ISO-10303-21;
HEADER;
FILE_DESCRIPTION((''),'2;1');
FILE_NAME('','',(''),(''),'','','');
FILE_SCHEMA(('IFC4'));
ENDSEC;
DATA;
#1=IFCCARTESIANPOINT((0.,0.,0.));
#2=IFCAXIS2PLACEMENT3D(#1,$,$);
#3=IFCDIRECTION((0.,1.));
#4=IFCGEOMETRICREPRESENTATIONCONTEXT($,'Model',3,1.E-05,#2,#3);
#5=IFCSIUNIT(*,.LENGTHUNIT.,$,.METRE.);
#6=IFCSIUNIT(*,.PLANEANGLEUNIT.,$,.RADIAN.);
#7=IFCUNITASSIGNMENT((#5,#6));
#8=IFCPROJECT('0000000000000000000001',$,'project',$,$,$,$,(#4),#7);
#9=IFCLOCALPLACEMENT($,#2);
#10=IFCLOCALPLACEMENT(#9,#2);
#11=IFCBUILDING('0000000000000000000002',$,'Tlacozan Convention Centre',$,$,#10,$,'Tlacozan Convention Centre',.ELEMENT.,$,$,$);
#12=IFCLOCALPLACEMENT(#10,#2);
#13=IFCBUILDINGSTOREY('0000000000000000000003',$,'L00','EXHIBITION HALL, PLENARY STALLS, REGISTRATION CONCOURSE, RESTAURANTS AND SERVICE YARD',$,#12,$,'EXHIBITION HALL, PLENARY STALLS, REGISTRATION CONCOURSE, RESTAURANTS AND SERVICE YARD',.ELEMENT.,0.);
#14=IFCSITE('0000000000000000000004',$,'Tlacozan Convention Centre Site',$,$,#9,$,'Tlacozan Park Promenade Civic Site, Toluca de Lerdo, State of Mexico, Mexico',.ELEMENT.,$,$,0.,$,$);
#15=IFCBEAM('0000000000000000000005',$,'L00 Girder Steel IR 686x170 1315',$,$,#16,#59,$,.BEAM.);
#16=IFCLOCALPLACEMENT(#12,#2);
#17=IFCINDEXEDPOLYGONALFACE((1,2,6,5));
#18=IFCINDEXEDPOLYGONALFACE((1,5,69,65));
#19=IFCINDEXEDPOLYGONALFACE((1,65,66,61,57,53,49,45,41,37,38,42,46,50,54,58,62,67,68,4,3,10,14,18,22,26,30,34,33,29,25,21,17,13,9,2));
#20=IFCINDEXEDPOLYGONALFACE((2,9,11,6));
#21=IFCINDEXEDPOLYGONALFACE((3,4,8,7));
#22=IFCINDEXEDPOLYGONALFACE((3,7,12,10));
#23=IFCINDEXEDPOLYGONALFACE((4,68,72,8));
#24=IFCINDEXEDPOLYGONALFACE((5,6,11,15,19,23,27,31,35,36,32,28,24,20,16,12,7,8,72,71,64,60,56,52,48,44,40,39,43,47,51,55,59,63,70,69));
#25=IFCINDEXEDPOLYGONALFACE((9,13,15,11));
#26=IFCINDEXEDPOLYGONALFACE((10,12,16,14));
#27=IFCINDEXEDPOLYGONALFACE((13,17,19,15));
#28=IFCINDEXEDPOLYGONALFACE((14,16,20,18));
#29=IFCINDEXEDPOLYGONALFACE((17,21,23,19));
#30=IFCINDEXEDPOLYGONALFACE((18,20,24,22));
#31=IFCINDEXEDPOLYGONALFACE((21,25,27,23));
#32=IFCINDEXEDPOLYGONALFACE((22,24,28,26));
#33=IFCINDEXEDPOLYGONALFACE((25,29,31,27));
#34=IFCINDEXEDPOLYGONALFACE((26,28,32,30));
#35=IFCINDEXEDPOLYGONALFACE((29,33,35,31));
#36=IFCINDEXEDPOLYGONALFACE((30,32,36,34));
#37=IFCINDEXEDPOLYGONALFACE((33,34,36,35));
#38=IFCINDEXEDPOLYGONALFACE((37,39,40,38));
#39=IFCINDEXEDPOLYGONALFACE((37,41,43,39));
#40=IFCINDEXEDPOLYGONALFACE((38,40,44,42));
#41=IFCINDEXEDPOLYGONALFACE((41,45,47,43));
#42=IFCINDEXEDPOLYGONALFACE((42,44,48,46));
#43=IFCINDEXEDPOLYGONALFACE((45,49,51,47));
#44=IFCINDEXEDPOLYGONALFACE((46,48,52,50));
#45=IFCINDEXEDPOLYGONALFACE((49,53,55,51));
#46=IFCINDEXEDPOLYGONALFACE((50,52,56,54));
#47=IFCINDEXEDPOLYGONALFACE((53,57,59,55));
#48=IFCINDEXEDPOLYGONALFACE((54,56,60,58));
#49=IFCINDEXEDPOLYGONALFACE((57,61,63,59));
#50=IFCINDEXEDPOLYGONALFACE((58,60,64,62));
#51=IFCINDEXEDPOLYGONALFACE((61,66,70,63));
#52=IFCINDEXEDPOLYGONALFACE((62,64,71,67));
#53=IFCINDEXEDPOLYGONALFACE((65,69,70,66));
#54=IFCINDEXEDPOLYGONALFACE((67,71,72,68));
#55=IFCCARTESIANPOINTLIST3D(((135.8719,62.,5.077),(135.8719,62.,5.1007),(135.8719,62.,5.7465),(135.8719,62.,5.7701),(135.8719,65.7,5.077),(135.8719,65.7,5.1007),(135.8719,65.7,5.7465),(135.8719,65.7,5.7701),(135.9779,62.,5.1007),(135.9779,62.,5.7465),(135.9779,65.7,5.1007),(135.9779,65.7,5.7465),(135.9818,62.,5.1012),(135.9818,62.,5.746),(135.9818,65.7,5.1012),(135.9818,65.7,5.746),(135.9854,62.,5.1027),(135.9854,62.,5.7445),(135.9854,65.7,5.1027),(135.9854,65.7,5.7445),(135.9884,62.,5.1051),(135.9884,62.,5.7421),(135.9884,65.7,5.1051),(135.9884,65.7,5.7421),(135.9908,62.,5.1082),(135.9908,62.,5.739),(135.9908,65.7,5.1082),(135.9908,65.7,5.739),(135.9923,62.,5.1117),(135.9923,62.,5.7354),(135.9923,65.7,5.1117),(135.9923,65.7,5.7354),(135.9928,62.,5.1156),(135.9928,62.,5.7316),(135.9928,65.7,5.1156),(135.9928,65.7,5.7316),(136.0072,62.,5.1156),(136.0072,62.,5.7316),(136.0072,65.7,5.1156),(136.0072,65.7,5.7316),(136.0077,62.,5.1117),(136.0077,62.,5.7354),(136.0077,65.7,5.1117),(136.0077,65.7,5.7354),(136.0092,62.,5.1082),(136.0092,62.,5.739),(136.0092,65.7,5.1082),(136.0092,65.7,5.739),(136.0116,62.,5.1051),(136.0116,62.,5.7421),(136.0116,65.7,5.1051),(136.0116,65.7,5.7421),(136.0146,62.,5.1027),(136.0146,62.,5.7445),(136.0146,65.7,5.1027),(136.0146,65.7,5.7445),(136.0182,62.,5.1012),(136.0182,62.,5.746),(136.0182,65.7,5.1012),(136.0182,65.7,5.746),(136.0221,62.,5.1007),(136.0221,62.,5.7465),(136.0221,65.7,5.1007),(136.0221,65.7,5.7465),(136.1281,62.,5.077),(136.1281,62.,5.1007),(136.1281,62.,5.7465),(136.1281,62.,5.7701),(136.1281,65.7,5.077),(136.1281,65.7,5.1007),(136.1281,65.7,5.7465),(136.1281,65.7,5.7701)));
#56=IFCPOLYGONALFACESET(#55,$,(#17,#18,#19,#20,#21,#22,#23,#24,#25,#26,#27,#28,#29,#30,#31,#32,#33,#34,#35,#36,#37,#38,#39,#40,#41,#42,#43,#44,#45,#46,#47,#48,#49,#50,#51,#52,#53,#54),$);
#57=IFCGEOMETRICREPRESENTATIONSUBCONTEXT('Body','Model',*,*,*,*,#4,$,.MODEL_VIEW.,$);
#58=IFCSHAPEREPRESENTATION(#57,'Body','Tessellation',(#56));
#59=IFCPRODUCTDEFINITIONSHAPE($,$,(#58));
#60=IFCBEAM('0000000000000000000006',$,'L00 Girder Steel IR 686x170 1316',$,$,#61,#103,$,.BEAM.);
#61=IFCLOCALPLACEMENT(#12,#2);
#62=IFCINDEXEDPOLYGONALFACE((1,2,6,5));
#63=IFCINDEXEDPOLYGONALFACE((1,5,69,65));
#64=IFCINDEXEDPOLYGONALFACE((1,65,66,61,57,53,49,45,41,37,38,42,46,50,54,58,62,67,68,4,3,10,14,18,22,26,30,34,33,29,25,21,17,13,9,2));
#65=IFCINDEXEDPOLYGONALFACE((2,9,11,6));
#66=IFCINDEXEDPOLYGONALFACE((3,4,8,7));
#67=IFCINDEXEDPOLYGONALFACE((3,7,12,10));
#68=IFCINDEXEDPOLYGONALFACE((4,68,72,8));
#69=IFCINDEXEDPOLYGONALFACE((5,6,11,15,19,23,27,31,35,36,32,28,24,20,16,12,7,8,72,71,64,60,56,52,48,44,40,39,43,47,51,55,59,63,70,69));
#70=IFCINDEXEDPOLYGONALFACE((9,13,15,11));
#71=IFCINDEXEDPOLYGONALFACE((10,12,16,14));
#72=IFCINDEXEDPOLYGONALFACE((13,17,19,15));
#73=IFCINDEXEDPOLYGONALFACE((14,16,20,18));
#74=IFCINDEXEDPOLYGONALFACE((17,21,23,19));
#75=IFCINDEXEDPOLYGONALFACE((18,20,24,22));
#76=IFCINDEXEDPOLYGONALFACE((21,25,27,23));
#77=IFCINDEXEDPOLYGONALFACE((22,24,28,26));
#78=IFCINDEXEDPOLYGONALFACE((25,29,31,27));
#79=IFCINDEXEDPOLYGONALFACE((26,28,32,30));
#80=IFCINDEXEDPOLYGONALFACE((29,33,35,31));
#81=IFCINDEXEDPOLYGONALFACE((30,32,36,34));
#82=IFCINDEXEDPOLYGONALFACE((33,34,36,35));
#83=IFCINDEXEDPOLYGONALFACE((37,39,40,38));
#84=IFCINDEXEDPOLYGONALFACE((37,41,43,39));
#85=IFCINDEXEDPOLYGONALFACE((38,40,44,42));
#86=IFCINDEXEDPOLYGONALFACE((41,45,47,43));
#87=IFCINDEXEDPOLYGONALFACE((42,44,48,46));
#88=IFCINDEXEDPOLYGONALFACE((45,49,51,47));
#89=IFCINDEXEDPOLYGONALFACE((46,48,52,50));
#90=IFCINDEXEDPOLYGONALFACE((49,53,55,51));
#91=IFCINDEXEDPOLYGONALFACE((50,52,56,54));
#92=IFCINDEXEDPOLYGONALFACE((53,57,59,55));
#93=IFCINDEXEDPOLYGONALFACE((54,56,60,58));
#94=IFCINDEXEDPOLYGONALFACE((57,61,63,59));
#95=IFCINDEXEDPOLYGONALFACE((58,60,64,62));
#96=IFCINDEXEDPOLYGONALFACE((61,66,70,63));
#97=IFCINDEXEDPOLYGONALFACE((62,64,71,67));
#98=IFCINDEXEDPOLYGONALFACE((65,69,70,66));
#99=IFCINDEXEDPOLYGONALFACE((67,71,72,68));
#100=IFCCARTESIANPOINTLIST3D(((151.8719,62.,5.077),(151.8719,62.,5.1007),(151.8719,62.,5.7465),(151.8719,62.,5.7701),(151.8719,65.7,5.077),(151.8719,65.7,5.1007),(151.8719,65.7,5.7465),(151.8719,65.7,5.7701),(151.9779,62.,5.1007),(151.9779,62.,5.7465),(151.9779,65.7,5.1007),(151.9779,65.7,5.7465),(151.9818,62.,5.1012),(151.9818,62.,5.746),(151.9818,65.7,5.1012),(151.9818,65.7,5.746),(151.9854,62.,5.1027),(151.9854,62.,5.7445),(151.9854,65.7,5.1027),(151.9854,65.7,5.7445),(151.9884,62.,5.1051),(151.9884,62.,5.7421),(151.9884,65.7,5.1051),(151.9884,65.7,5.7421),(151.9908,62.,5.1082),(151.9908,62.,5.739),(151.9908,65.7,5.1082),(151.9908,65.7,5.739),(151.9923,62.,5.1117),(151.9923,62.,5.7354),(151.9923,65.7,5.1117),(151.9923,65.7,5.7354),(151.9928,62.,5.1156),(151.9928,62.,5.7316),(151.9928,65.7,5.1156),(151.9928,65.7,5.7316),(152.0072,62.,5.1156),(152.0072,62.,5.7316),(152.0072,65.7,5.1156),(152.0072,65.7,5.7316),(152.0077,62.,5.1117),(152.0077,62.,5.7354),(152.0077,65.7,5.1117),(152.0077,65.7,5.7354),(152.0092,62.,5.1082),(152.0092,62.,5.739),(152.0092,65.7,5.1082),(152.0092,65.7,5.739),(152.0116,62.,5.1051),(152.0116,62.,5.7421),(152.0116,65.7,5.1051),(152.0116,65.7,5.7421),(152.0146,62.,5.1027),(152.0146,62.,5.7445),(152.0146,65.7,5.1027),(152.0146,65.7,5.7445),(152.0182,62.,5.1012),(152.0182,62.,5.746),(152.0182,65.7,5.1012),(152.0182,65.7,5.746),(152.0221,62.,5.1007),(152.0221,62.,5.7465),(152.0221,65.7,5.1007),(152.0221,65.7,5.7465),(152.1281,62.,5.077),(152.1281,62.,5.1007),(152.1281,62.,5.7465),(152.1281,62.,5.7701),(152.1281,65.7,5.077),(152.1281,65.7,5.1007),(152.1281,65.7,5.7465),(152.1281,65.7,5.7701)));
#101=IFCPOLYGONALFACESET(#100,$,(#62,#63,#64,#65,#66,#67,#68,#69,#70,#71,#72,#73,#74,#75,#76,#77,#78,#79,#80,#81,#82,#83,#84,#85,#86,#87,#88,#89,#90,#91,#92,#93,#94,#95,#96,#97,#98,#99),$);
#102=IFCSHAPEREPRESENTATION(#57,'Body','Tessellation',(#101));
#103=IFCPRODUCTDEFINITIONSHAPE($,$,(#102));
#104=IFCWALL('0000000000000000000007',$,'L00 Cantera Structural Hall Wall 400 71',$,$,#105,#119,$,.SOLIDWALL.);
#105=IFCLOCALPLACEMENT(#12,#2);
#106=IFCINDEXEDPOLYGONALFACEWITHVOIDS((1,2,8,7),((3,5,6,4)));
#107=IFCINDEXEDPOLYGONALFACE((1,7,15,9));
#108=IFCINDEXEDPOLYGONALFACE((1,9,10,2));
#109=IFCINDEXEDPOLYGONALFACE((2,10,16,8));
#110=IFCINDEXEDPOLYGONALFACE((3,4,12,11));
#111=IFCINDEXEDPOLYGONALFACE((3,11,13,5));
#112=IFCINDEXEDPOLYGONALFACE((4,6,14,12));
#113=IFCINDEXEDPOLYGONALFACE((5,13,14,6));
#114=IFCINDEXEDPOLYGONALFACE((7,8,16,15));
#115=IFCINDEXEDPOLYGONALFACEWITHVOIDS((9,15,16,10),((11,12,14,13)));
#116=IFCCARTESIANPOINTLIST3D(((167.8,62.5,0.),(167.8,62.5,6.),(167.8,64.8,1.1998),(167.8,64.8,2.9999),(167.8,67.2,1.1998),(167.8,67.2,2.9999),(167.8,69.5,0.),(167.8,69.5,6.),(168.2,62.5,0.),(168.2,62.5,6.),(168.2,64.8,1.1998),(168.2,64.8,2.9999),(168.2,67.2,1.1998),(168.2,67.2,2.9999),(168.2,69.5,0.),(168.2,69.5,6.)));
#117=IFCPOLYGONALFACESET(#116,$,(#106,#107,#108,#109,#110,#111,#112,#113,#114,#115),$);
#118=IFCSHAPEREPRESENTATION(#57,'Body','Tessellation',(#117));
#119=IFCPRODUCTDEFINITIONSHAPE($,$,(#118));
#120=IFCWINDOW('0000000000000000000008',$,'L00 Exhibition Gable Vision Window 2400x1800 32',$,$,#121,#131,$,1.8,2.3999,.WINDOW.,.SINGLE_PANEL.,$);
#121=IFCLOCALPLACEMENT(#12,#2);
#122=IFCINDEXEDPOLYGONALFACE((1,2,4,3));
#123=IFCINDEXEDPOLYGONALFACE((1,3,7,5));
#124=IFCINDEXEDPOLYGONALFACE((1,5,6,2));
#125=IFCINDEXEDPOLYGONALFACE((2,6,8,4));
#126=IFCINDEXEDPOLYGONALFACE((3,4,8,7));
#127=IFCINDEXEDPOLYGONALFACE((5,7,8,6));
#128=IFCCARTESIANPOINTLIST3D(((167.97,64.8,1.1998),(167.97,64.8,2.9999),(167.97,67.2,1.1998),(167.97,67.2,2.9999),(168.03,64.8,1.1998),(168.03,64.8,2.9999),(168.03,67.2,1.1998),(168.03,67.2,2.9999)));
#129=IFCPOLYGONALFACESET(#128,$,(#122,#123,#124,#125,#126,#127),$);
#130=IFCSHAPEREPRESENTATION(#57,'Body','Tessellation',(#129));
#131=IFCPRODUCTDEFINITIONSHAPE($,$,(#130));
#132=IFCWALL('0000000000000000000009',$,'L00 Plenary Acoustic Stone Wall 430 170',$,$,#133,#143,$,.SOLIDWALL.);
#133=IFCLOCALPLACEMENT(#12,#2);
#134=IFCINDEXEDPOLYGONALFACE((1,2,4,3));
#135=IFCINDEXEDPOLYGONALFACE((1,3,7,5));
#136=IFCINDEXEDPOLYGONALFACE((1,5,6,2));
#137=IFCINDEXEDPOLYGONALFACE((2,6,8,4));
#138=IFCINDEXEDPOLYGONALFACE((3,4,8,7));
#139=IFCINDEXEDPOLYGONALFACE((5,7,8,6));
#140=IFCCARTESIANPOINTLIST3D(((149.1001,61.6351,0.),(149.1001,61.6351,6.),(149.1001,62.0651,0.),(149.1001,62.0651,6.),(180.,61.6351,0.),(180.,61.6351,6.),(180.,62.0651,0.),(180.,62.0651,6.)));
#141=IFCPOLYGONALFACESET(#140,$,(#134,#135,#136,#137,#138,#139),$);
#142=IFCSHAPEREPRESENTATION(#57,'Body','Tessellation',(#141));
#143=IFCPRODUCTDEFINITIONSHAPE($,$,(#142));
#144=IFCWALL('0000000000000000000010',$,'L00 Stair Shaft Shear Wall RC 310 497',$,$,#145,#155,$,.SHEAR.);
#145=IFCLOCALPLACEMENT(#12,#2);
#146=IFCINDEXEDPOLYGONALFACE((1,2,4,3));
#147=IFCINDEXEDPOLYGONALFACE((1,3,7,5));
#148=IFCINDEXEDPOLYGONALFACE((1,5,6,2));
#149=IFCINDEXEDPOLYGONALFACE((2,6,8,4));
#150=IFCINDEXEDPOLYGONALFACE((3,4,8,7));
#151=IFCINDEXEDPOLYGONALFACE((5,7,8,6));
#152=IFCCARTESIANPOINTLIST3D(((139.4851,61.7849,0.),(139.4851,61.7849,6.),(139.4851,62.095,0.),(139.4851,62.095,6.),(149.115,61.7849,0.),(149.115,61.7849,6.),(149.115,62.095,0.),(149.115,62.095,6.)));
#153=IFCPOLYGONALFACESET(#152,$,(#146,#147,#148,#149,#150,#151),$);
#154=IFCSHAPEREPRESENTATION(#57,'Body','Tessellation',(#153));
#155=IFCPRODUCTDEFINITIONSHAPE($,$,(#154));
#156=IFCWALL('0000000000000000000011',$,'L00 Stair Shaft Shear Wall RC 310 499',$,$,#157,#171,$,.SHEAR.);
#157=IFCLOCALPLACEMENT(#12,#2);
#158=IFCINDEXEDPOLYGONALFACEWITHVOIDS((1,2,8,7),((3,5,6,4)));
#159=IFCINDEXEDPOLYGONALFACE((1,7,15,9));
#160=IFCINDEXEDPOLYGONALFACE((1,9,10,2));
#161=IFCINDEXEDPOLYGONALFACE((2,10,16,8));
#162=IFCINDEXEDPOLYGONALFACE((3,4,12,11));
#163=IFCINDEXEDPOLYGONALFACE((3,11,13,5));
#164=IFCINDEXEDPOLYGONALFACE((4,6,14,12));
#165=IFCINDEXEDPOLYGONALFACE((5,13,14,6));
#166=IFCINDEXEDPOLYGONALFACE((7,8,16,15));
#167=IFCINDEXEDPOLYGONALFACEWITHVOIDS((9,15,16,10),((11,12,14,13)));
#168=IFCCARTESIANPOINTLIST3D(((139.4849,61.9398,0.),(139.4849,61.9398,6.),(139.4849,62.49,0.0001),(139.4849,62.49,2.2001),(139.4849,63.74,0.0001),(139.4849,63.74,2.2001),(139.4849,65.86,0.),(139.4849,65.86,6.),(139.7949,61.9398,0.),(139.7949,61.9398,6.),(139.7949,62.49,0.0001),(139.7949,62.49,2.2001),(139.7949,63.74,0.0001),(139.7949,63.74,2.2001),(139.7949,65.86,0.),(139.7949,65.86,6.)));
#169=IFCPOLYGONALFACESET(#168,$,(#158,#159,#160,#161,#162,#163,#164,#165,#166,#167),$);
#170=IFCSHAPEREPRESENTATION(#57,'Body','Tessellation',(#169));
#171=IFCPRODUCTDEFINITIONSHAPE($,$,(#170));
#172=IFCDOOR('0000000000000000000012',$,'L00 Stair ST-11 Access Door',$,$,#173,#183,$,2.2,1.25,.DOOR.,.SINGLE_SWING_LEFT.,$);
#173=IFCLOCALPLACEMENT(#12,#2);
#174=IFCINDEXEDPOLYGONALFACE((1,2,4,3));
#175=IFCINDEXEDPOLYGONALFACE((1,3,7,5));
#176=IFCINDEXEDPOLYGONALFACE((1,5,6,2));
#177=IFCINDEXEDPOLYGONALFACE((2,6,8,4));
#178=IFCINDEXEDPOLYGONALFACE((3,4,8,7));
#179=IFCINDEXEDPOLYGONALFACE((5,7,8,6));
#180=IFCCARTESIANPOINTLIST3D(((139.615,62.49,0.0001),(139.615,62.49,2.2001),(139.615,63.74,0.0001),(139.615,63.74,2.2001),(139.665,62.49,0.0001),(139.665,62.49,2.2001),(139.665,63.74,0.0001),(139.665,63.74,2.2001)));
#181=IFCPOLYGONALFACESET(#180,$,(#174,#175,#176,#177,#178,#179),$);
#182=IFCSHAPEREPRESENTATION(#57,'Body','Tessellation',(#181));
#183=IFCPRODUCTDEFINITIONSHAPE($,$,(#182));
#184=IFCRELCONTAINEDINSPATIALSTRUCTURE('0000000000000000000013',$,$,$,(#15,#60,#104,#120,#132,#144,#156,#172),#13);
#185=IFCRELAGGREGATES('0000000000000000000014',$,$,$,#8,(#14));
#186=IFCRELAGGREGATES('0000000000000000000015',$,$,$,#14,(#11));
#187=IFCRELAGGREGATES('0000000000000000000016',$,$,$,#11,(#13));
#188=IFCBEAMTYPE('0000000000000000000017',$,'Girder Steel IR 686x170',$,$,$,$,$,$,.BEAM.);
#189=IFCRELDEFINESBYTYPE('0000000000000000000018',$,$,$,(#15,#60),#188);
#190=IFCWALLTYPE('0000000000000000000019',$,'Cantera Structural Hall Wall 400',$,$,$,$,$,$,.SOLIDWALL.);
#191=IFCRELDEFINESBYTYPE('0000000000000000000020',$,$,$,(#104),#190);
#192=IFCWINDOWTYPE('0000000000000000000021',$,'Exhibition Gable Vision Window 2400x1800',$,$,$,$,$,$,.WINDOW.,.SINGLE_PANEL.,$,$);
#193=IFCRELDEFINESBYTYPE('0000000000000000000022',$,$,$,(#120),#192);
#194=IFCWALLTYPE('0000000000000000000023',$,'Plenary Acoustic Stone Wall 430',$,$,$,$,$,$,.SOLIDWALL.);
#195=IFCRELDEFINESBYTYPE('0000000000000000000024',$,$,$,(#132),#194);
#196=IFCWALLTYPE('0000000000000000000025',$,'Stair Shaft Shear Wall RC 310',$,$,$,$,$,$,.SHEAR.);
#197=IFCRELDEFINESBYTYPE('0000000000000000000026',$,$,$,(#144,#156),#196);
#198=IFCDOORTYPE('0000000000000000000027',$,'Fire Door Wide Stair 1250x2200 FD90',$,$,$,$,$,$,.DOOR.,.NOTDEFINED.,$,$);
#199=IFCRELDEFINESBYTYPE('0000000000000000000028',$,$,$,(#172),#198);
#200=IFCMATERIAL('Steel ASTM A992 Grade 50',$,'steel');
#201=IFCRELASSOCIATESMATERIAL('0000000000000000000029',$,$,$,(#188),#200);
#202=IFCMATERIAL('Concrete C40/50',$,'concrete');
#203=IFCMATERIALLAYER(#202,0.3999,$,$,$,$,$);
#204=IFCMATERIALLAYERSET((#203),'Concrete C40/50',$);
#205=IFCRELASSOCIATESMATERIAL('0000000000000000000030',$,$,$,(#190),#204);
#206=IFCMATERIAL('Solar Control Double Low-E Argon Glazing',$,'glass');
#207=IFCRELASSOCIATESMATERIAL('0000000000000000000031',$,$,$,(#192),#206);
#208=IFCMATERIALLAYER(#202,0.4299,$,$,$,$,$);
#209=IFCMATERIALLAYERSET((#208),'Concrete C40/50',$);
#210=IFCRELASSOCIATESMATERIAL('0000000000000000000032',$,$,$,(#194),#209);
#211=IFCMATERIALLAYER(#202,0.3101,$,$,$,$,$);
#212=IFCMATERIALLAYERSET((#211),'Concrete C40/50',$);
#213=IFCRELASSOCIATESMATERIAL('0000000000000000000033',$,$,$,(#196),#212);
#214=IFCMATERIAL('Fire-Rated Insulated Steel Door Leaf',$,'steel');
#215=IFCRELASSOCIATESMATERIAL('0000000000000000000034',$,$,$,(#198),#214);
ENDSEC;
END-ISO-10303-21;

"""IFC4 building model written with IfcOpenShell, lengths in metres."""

from ifc_helpers import new_model, si_unit, direction, frame, frame_2d, origin, origin_2d, place, context, subcontext, project, spatial, rectangle, i_section, extrude, material, layer, layer_set, material_profile, profile_set, type_object, element, fill, save


model = new_model("IFC4")

# Units and contexts
model_context = context("Model", 3, precision=1e-05, world=origin(), true_north=direction((0.0, 1.0)))
body_context = subcontext(model_context, "Body", "Model", "MODEL_VIEW")
ifc_project = project(units=[si_unit("LENGTHUNIT", "METRE"), si_unit("PLANEANGLEUNIT", "RADIAN")], contexts=[model_context])

# Site, building, storey
site_placement = place(None, origin())
site = spatial("IfcSite", under=ifc_project, at=site_placement, Name="Tlacozan Convention Centre Site", LongName="Tlacozan Park Promenade Civic Site, Toluca de Lerdo, State of Mexico, Mexico", CompositionType="ELEMENT", RefElevation=0.0)
building_placement = place(site_placement, origin())
building = spatial("IfcBuilding", under=site, at=building_placement, Name="Tlacozan Convention Centre", LongName="Tlacozan Convention Centre", CompositionType="ELEMENT")
storey_placement = place(building_placement, origin())
storey = spatial("IfcBuildingStorey", under=building, at=storey_placement, Name="L00", Description="EXHIBITION HALL, PLENARY STALLS, REGISTRATION CONCOURSE, RESTAURANTS AND SERVICE YARD", LongName="EXHIBITION HALL, PLENARY STALLS, REGISTRATION CONCOURSE, RESTAURANTS AND SERVICE YARD", CompositionType="ELEMENT", Elevation=0.0)

# Shared definitions
ifc_material_1 = material(Name="Concrete C40/50", Category="concrete")

# Beams
ifc_material_2 = material(Name="Steel ASTM A992 Grade 50", Category="steel")
ifc_material_profile_1 = material_profile(ifc_material_2, i_section(OverallWidth=0.2561, OverallDepth=0.6931, WebThickness=0.0144, FlangeThickness=0.0237, FilletRadius=0.0149, at=origin_2d()), Name="IR 686x170.0")
ifc_profile_set_1 = profile_set([ifc_material_profile_1], Name="Steel ASTM A992 Grade 50")
beam_type_1 = type_object("IfcBeamType", Name="Girder Steel IR 686x170", PredefinedType="BEAM", material=ifc_profile_set_1)
for number, where, z_axis, x_axis, name in (
    (1, (136.0, 62.0, 5.4236), (0.0, 1.0, 0.0), (-1.0, 0.0, 0.0), "L00 Girder Steel IR 686x170 1315"),
    (2, (152.0, 62.0, 5.4236), (0.0, 1.0, 0.0), (-1.0, 0.0, 0.0), "L00 Girder Steel IR 686x170 1316"),
):
    element("IfcBeam", number, at=place(storey_placement, frame(where, z_axis=z_axis, x_axis=x_axis)), inside=storey, type_object=beam_type_1, Name=name, PredefinedType="BEAM", context=body_context, shape_type="SweptSolid", body=[
        extrude(i_section(OverallWidth=0.2561, OverallDepth=0.6931, WebThickness=0.0144, FlangeThickness=0.0237, FilletRadius=0.0149, at=origin_2d()), origin(), (0.0, 0.0, 1.0), 3.7),
    ])

# Wall, opening, window
ifc_layer_1 = layer(ifc_material_1, 0.3999)
ifc_layer_set_1 = layer_set([ifc_layer_1], Name="Concrete C40/50")
wall_type_1 = type_object("IfcWallType", Name="Cantera Structural Hall Wall 400", PredefinedType="SOLIDWALL", material=ifc_layer_set_1)
wall_1_placement = place(storey_placement, frame((168.0, 62.5, 0.0), z_axis=(0.0, 0.0, 1.0), x_axis=(0.0, 1.0, 0.0)))
wall_1 = element("IfcWall", 3, at=wall_1_placement, inside=storey, type_object=wall_type_1, Name="L00 Cantera Structural Hall Wall 400 71", PredefinedType="SOLIDWALL", context=body_context, shape_type="SweptSolid", body=[
    extrude(rectangle(XDim=7.0, YDim=0.3999, at=frame_2d((3.5, 0.0))), origin(), (0.0, 0.0, 1.0), 6.0),
])
opening_1_placement = place(wall_1_placement, frame((2.3, 0.0, 1.2)))
opening_1 = element("IfcOpeningElement", 4, at=opening_1_placement, cuts=wall_1, PredefinedType="OPENING", context=body_context, shape_type="SweptSolid", body=[
    extrude(rectangle(XDim=2.3999, YDim=1.8, at=frame_2d((1.2, 0.8999))), frame((0.0, 0.21, 0.0), z_axis=(0.0, -1.0, 0.0), x_axis=(1.0, 0.0, 0.0)), (0.0, 0.0, 1.0), 0.4199),
])
ifc_material_3 = material(Name="Solar Control Double Low-E Argon Glazing", Category="glass")
window_type = type_object("IfcWindowType", Name="Exhibition Gable Vision Window 2400x1800", PartitioningType="SINGLE_PANEL", PredefinedType="WINDOW", material=ifc_material_3)
window_placement = place(opening_1_placement, origin())
window = element("IfcWindow", 5, at=window_placement, inside=storey, type_object=window_type, Name="L00 Exhibition Gable Vision Window 2400x1800 32", OverallHeight=1.8, OverallWidth=2.3999, PartitioningType="SINGLE_PANEL", PredefinedType="WINDOW", context=body_context, shape_type="SweptSolid", body=[
    extrude(rectangle(XDim=2.3999, YDim=1.8, at=frame_2d((1.2, 0.8999))), frame((0.0, 0.03, 0.0), z_axis=(0.0, -1.0, 0.0), x_axis=(1.0, 0.0, 0.0)), (0.0, 0.0, 1.0), 0.0601),
])
fill(opening_1, window)

# Walls
ifc_layer_2 = layer(ifc_material_1, 0.4299)
ifc_layer_set_2 = layer_set([ifc_layer_2], Name="Concrete C40/50")
wall_type_2 = type_object("IfcWallType", Name="Plenary Acoustic Stone Wall 430", PredefinedType="SOLIDWALL", material=ifc_layer_set_2)
wall_2_placement = place(storey_placement, frame((149.1001, 61.8501, 0.0), z_axis=(0.0, 0.0, 1.0), x_axis=(1.0, 0.0, 0.0)))
element("IfcWall", 6, at=wall_2_placement, inside=storey, type_object=wall_type_2, Name="L00 Plenary Acoustic Stone Wall 430 170", PredefinedType="SOLIDWALL", context=body_context, shape_type="SweptSolid", body=[
    extrude(rectangle(XDim=30.8999, YDim=0.4299, at=frame_2d((15.45, 0.0))), origin(), (0.0, 0.0, 1.0), 6.0),
])
ifc_layer_3 = layer(ifc_material_1, 0.3101)
ifc_layer_set_3 = layer_set([ifc_layer_3], Name="Concrete C40/50")
wall_type_3 = type_object("IfcWallType", Name="Stair Shaft Shear Wall RC 310", PredefinedType="SHEAR", material=ifc_layer_set_3)
wall_3_placement = place(storey_placement, frame((139.4851, 61.9399, 0.0), z_axis=(0.0, 0.0, 1.0), x_axis=(1.0, 0.0, 0.0)))
element("IfcWall", 7, at=wall_3_placement, inside=storey, type_object=wall_type_3, Name="L00 Stair Shaft Shear Wall RC 310 497", PredefinedType="SHEAR", context=body_context, shape_type="SweptSolid", body=[
    extrude(rectangle(XDim=9.6299, YDim=0.3101, at=frame_2d((4.8149, 0.0))), origin(), (0.0, 0.0, 1.0), 6.0),
])

# Wall, opening, door
wall_4_placement = place(storey_placement, frame((139.6399, 61.9399, 0.0), z_axis=(0.0, 0.0, 1.0), x_axis=(0.0, 1.0, 0.0)))
wall_4 = element("IfcWall", 8, at=wall_4_placement, inside=storey, type_object=wall_type_3, Name="L00 Stair Shaft Shear Wall RC 310 499", PredefinedType="SHEAR", context=body_context, shape_type="SweptSolid", body=[
    extrude(rectangle(XDim=3.9202, YDim=0.3101, at=frame_2d((1.96, 0.0))), origin(), (0.0, 0.0, 1.0), 6.0),
])
opening_2_placement = place(wall_4_placement, frame((0.55, 0.0, 0.0)))
opening_2 = element("IfcOpeningElement", 9, at=opening_2_placement, cuts=wall_4, PredefinedType="OPENING", context=body_context, shape_type="SweptSolid", body=[
    extrude(rectangle(XDim=1.25, YDim=2.2, at=frame_2d((0.625, 1.1001))), frame((0.0, 0.165, 0.0), z_axis=(0.0, -1.0, 0.0), x_axis=(1.0, 0.0, 0.0)), (0.0, 0.0, 1.0), 0.3301),
])
ifc_material_4 = material(Name="Fire-Rated Insulated Steel Door Leaf", Category="steel")
door_type = type_object("IfcDoorType", Name="Fire Door Wide Stair 1250x2200 FD90", OperationType="NOTDEFINED", PredefinedType="DOOR", material=ifc_material_4)
door_placement = place(opening_2_placement, origin())
door = element("IfcDoor", 10, at=door_placement, inside=storey, type_object=door_type, Name="L00 Stair ST-11 Access Door", OperationType="SINGLE_SWING_LEFT", OverallHeight=2.2, OverallWidth=1.25, PredefinedType="DOOR", context=body_context, shape_type="SweptSolid", body=[
    extrude(rectangle(XDim=1.25, YDim=2.2, at=frame_2d((0.625, 1.1001))), frame((0.0, 0.0249, 0.0), z_axis=(0.0, -1.0, 0.0), x_axis=(1.0, 0.0, 0.0)), (0.0, 0.0, 1.0), 0.05),
])
fill(opening_2, door)

save(model, "model.ifc")
